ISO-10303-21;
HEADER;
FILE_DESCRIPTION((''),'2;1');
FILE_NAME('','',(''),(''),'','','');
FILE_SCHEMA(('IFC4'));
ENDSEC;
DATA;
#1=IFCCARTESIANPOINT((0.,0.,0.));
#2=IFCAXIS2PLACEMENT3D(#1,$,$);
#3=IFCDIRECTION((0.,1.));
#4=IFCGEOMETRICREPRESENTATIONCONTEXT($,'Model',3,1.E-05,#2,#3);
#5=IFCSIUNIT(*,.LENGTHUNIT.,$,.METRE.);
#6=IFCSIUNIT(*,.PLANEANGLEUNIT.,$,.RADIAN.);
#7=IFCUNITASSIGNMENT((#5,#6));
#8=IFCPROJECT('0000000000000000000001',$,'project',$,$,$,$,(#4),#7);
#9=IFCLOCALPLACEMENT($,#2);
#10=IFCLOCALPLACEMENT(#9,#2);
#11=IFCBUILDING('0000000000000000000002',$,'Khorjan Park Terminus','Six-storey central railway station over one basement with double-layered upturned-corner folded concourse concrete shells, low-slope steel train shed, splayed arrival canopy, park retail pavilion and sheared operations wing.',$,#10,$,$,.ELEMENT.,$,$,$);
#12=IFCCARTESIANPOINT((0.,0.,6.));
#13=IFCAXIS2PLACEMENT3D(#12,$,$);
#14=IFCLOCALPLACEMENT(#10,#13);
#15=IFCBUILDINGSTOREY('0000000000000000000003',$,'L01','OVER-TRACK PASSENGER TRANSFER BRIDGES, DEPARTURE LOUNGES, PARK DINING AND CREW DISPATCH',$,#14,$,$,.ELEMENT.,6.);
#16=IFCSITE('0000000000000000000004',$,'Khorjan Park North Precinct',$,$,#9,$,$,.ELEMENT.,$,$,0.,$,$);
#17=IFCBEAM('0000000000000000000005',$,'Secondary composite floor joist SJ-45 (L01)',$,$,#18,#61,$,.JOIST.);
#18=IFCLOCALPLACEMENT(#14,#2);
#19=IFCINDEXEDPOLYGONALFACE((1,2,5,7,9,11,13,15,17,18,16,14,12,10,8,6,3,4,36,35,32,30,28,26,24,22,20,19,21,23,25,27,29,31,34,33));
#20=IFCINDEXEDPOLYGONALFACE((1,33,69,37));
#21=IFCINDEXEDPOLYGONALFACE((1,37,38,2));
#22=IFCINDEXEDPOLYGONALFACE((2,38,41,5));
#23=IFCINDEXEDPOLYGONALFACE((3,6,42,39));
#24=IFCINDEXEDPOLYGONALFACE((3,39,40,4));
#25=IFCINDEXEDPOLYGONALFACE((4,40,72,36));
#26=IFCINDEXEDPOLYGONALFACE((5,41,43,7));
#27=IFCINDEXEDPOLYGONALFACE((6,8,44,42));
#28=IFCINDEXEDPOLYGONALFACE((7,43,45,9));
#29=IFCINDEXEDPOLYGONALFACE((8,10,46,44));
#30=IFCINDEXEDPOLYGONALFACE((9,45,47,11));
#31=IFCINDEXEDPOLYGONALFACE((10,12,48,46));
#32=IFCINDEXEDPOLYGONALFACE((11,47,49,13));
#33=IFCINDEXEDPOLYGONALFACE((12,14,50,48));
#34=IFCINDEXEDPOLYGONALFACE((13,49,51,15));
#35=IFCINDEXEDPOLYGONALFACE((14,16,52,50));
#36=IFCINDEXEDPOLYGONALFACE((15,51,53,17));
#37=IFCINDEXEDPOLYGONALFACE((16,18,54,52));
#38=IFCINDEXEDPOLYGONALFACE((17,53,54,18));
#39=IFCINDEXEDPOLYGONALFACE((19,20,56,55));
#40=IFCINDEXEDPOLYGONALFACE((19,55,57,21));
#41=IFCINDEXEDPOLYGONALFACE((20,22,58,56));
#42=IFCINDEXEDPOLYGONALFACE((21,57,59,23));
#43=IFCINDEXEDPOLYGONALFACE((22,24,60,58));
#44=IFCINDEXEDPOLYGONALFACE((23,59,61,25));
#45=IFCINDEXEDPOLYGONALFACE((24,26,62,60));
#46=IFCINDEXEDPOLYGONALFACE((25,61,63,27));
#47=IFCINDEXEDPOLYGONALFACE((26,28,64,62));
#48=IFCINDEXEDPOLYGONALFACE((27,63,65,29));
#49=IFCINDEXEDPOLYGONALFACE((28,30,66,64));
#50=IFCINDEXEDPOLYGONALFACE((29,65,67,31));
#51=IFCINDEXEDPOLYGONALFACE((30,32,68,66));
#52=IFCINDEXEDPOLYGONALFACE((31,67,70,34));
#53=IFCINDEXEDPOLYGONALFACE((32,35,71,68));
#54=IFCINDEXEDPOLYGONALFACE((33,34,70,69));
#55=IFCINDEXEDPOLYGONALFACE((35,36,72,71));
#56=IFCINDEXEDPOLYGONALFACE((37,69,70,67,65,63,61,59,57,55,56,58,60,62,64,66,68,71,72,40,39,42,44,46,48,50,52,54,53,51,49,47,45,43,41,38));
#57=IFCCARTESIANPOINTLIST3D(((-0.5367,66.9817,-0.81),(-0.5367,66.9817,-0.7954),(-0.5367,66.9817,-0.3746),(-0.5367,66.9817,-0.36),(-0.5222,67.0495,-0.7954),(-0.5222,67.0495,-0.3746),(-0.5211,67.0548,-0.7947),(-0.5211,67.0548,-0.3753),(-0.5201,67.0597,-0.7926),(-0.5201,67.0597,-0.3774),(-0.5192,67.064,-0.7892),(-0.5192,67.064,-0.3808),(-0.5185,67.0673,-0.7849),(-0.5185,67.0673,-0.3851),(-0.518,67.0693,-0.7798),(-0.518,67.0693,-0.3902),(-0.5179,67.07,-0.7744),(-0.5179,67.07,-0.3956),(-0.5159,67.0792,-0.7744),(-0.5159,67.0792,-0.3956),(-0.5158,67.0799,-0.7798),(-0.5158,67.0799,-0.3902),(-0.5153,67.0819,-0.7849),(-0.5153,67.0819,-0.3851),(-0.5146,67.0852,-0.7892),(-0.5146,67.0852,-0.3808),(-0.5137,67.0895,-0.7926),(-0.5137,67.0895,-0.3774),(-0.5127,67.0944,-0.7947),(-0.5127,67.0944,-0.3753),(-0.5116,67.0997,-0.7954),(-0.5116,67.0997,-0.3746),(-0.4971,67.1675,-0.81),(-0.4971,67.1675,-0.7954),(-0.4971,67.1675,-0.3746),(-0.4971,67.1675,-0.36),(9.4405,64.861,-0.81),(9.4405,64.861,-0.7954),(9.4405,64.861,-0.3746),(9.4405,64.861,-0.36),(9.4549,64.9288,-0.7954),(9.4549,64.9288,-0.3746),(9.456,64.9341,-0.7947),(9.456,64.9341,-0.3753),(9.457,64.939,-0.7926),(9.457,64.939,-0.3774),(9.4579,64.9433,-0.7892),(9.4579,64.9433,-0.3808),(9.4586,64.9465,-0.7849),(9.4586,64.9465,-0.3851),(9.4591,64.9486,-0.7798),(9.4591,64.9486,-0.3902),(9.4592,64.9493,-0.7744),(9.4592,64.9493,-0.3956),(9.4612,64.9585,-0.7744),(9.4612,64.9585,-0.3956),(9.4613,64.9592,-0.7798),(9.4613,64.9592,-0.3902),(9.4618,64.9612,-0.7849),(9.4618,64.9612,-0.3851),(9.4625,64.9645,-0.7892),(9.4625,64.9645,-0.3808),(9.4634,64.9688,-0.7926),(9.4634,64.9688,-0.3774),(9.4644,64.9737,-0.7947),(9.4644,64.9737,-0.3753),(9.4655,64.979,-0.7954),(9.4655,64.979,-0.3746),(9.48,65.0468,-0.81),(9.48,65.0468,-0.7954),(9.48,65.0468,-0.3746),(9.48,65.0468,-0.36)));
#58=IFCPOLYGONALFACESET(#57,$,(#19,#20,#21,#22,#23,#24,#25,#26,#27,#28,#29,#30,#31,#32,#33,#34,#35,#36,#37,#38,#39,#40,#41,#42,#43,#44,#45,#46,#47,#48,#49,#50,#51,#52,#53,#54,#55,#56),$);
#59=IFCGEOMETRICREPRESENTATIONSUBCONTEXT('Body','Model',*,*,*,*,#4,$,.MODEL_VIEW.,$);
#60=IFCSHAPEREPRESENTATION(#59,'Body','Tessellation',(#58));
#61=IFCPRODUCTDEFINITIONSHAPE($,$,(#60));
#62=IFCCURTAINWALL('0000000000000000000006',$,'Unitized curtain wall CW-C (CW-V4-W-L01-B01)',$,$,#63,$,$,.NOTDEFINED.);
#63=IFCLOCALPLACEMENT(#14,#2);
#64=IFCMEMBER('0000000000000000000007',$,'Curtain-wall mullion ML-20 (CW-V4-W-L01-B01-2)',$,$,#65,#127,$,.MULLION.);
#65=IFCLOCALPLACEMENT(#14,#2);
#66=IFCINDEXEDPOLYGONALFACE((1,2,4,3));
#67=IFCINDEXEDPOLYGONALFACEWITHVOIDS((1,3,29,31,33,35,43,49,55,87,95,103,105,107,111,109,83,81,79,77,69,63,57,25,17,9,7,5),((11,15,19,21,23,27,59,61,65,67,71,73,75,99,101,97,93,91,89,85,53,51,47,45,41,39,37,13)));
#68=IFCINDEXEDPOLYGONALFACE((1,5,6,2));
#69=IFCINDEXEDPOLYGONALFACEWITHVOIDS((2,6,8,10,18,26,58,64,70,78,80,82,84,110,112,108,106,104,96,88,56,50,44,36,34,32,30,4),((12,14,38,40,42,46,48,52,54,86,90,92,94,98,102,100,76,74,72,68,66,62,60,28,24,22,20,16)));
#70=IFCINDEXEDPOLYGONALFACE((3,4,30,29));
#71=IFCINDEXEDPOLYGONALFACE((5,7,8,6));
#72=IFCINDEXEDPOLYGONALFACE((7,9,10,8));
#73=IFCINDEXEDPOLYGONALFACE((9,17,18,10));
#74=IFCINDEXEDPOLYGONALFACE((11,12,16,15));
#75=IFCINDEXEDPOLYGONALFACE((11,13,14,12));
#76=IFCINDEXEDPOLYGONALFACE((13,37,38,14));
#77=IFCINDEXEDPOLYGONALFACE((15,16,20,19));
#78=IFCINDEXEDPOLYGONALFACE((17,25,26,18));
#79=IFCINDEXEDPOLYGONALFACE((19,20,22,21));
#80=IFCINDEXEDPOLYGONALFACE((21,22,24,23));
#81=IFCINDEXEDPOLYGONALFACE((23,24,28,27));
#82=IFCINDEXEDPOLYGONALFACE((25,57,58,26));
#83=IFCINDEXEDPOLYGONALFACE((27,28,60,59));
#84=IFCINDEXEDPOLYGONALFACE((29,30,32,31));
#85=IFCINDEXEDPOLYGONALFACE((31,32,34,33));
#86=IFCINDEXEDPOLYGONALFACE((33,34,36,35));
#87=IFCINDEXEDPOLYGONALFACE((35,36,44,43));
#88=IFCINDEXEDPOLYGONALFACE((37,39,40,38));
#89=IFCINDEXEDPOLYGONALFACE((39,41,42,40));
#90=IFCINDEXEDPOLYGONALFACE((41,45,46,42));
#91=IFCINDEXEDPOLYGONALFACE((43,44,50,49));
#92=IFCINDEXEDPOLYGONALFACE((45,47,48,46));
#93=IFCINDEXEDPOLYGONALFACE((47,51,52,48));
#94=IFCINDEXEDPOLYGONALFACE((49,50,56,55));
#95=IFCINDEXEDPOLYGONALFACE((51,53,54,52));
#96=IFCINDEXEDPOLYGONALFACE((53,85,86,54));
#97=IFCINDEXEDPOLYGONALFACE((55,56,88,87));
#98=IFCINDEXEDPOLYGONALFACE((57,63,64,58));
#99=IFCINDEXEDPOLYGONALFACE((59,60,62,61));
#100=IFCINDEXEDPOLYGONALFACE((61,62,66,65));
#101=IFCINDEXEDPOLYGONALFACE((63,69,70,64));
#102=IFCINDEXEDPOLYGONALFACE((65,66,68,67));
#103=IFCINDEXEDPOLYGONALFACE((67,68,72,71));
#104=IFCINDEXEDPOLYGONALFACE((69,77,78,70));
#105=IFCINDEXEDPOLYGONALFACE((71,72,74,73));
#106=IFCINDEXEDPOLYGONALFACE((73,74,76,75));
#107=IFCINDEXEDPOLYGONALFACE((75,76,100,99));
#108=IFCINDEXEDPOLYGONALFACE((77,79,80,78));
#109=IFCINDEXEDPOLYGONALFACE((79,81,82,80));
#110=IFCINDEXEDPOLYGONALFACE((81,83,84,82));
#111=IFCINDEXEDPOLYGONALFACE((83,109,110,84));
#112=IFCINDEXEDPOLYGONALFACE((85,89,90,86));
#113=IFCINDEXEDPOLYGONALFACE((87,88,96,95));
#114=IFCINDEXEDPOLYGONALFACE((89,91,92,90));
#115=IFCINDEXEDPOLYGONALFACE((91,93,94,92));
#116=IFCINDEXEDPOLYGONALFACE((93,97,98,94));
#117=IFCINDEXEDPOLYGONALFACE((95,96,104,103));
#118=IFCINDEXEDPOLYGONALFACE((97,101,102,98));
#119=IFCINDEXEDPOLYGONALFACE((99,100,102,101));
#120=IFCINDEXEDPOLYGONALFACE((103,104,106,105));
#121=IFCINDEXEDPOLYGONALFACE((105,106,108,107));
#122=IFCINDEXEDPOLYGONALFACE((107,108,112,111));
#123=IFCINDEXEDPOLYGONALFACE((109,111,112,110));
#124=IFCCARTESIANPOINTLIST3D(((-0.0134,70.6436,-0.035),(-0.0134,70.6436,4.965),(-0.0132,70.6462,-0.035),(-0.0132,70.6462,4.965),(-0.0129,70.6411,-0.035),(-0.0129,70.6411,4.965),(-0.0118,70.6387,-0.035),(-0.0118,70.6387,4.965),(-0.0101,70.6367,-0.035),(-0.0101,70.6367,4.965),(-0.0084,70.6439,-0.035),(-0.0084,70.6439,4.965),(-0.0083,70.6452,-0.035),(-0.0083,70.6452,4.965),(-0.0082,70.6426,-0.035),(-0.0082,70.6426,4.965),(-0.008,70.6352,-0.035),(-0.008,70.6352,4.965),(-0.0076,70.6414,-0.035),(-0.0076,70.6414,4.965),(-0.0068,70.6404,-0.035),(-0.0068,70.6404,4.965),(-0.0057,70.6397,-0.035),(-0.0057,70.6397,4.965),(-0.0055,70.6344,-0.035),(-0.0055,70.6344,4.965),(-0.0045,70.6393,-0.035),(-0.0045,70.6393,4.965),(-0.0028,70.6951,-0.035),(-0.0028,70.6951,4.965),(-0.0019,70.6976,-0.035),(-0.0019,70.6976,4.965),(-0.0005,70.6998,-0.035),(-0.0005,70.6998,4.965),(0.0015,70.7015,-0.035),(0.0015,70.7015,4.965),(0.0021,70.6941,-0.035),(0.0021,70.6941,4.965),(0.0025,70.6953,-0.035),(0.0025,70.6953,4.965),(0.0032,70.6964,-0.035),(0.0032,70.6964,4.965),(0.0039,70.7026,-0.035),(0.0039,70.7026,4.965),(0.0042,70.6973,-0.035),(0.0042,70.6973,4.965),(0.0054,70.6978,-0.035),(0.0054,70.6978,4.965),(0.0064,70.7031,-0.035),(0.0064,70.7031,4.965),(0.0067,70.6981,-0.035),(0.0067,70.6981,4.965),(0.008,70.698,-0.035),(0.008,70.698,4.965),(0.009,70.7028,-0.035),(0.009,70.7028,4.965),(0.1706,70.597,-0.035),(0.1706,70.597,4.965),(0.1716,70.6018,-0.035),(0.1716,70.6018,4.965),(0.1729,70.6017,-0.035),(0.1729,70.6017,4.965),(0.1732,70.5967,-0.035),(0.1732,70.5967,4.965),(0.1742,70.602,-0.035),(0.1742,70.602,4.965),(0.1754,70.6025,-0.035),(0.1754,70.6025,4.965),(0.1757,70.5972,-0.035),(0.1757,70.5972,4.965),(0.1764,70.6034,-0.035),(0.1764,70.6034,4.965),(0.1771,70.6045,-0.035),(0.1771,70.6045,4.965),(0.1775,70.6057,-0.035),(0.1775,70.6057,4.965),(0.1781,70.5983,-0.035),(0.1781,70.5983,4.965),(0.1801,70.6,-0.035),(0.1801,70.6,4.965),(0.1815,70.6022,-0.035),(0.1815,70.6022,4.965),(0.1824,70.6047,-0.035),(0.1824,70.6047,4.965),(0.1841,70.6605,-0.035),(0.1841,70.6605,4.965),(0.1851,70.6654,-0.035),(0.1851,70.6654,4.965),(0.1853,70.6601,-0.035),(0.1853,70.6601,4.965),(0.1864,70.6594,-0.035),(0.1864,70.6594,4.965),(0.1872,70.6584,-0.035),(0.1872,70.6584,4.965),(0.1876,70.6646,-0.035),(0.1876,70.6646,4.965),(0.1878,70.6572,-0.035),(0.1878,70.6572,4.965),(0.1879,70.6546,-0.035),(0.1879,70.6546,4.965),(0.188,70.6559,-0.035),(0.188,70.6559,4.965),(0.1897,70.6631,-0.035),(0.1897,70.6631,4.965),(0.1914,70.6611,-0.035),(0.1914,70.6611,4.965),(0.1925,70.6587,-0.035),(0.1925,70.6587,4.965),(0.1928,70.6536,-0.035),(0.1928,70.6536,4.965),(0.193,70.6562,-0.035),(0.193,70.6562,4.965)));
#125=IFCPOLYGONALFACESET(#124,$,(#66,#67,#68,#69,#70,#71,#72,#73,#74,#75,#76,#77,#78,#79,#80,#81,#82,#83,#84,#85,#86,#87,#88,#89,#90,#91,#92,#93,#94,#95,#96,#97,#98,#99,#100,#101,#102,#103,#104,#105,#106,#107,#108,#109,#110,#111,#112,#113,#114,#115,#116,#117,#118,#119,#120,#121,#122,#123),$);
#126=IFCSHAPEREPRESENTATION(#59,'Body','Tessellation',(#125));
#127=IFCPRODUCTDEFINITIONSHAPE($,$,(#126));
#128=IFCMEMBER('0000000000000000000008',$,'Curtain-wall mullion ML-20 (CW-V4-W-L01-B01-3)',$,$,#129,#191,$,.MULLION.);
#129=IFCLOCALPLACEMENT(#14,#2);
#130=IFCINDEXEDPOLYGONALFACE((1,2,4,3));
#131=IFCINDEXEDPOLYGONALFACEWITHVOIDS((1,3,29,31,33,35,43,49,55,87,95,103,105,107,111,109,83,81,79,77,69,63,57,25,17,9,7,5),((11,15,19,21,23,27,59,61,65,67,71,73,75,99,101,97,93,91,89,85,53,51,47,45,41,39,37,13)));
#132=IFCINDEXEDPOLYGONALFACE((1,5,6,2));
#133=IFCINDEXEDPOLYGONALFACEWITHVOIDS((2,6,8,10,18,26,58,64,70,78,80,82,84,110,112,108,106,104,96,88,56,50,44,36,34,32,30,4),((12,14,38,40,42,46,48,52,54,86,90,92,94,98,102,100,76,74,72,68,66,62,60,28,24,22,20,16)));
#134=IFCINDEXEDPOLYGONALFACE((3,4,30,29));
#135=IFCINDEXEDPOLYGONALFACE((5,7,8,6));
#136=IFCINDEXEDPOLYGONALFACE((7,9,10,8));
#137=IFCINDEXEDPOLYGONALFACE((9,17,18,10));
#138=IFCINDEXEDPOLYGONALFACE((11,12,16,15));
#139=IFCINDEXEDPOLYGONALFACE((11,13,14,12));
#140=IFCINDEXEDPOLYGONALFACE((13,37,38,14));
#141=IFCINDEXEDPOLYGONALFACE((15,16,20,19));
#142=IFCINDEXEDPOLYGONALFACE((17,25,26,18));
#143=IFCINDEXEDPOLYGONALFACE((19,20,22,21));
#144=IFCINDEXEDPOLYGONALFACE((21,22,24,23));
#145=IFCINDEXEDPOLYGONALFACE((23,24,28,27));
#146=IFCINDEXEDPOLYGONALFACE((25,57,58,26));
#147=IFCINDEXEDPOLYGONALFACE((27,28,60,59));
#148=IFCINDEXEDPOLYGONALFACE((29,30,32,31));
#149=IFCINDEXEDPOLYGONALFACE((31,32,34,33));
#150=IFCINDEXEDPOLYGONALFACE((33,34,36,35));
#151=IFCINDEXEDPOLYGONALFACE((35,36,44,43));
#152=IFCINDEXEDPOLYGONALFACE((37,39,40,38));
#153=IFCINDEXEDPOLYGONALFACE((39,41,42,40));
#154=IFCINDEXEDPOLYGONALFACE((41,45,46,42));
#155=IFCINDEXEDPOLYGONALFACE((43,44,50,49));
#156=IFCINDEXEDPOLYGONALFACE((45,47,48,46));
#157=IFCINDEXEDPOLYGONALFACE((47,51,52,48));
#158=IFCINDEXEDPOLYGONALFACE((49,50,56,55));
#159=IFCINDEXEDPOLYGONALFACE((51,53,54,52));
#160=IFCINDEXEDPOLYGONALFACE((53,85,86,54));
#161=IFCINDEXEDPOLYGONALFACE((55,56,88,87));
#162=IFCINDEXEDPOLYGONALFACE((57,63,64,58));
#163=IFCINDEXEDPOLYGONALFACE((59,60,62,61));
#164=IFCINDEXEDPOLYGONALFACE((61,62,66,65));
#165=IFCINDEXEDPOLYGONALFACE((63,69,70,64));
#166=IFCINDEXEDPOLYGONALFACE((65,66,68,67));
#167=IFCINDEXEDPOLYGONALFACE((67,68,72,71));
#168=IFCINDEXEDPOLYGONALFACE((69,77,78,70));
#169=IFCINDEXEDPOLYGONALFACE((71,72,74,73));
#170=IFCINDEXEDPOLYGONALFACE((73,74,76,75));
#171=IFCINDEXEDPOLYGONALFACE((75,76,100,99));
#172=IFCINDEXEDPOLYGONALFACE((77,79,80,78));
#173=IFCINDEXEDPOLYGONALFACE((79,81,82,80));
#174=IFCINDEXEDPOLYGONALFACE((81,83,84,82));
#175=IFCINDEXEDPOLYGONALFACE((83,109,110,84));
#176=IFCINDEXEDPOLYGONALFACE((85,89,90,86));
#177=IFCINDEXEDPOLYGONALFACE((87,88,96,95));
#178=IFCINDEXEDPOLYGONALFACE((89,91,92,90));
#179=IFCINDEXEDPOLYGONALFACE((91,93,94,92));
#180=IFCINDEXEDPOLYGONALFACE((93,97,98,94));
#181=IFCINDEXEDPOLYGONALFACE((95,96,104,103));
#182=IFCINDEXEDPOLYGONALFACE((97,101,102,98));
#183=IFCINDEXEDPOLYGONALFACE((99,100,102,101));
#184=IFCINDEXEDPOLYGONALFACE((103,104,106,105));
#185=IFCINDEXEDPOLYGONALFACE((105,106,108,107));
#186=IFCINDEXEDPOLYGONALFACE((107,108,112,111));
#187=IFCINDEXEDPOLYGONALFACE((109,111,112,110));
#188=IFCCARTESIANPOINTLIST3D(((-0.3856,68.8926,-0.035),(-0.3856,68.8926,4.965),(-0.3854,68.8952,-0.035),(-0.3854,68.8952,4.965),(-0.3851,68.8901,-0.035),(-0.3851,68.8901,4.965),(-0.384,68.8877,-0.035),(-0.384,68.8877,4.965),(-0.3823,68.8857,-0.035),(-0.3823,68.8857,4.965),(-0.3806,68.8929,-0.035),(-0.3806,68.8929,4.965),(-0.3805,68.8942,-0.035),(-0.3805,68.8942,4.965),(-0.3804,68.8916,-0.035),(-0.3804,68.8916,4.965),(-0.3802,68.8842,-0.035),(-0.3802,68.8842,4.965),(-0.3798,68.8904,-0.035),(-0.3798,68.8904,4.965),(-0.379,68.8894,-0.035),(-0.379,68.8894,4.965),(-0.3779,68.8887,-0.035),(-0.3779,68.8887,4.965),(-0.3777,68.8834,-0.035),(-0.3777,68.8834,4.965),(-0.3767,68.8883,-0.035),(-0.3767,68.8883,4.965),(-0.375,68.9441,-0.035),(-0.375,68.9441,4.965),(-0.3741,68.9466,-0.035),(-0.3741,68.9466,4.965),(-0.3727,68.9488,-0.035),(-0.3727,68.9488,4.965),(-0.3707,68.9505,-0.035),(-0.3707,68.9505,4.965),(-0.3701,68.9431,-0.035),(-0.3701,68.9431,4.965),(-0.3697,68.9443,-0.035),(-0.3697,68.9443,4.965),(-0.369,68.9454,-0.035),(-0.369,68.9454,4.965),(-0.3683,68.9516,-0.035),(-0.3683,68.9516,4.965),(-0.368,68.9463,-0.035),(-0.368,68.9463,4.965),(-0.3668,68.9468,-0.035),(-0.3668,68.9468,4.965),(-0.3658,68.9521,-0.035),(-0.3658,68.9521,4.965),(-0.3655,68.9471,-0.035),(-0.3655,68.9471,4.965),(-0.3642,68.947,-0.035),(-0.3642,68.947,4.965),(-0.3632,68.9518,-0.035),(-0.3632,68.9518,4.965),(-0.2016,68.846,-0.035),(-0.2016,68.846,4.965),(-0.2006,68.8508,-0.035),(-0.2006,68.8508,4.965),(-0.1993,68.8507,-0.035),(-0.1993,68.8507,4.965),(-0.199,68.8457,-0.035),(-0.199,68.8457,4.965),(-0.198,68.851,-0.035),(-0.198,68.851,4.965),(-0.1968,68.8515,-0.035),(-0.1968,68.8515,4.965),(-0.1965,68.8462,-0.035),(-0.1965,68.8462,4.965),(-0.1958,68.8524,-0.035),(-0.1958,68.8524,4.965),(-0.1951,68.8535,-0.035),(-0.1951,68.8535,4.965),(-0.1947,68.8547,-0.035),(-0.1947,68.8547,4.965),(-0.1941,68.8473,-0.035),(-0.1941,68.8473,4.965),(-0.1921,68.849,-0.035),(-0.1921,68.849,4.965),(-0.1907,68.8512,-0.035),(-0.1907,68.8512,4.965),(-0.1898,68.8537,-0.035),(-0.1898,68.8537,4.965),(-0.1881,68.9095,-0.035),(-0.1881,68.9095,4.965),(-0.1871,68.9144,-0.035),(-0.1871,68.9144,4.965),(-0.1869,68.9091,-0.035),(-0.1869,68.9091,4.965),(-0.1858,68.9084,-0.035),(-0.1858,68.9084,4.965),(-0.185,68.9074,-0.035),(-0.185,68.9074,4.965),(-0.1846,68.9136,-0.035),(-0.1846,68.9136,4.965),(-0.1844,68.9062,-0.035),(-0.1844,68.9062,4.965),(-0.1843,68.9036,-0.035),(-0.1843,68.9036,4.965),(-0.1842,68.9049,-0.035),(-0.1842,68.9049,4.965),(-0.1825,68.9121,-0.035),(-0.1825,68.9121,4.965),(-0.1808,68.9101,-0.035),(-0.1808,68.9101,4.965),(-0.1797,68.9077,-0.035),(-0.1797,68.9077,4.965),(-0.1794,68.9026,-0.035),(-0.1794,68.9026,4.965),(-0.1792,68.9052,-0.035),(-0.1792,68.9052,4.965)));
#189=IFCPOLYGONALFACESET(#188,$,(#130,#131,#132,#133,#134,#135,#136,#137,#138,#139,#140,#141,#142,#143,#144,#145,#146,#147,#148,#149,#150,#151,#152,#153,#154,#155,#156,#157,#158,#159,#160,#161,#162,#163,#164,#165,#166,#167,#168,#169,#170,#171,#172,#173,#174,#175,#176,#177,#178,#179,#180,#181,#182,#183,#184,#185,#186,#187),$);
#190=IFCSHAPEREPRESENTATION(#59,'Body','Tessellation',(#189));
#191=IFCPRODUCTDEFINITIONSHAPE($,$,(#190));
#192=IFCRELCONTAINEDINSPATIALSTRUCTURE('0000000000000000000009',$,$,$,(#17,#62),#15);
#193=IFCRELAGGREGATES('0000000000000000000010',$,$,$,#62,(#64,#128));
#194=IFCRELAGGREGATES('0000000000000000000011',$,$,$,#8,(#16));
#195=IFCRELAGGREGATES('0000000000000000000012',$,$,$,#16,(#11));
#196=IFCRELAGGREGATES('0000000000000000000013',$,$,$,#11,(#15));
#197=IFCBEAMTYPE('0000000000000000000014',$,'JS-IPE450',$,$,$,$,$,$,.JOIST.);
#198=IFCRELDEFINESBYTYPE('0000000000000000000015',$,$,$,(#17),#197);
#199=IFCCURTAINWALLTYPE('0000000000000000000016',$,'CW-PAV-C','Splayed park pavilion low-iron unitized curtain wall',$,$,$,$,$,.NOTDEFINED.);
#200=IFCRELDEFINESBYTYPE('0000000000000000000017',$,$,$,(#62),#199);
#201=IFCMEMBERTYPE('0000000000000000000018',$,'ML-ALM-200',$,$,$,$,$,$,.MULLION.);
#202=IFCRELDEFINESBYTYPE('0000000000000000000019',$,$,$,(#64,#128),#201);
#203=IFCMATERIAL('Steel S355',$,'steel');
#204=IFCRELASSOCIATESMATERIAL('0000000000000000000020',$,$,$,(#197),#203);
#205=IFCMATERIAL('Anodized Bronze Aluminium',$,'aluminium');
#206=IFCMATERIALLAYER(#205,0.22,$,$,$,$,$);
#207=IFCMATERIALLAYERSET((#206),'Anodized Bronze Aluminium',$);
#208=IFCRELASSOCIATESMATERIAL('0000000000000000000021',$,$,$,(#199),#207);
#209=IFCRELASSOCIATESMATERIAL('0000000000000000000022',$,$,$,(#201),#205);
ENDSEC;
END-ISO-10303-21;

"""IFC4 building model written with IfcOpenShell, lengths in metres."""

from ifc_helpers import new_model, si_unit, direction, frame, origin, origin_2d, place, context, subcontext, project, spatial, hollow_rectangle, i_section, extrude, material, layer, layer_set, material_profile, profile_set, type_object, element, aggregate, save


model = new_model("IFC4")

# Units and contexts
model_context = context("Model", 3, precision=1e-05, world=origin(), true_north=direction((0.0, 1.0)))
body_context = subcontext(model_context, "Body", "Model", "MODEL_VIEW")
ifc_project = project(units=[si_unit("LENGTHUNIT", "METRE"), si_unit("PLANEANGLEUNIT", "RADIAN")], contexts=[model_context])

# Site, building, storey
site_placement = place(None, origin())
site = spatial("IfcSite", under=ifc_project, at=site_placement, Name="Khorjan Park North Precinct", CompositionType="ELEMENT", RefElevation=0.0)
building_placement = place(site_placement, origin())
building = spatial("IfcBuilding", under=site, at=building_placement, Name="Khorjan Park Terminus", Description="Six-storey central railway station over one basement with double-layered upturned-corner folded concourse concrete shells, low-slope steel train shed, splayed arrival canopy, park retail pavilion and sheared operations wing.", CompositionType="ELEMENT")
storey_placement = place(building_placement, frame((0.0, 0.0, 6.0)))
storey = spatial("IfcBuildingStorey", under=building, at=storey_placement, Name="L01", Description="OVER-TRACK PASSENGER TRANSFER BRIDGES, DEPARTURE LOUNGES, PARK DINING AND CREW DISPATCH", CompositionType="ELEMENT", Elevation=6.0)

# Beam
ifc_material_1 = material(Name="Steel S355", Category="steel")
ifc_material_profile_1 = material_profile(ifc_material_1, i_section(OverallWidth=0.19, OverallDepth=0.45, WebThickness=0.0094, FlangeThickness=0.0146, FilletRadius=0.021, at=origin_2d()), Name="IPE 450")
ifc_profile_set_1 = profile_set([ifc_material_profile_1], Name="Steel S355")
beam_type = type_object("IfcBeamType", Name="JS-IPE450", PredefinedType="JOIST", material=ifc_profile_set_1)
beam_placement = place(storey_placement, frame((-0.5169, 67.0746, -0.585), z_axis=(0.978148, -0.207912, 0.0), x_axis=(0.207912, 0.978148, 0.0)))
element("IfcBeam", 1, at=beam_placement, inside=storey, type_object=beam_type, Name="Secondary composite floor joist SJ-45 (L01)", PredefinedType="JOIST", context=body_context, shape_type="SweptSolid", body=[
    extrude(i_section(OverallWidth=0.19, OverallDepth=0.45, WebThickness=0.0094, FlangeThickness=0.0146, FilletRadius=0.021, at=origin_2d()), origin(), (0.0, 0.0, 1.0), 10.2),
])

# Curtain wall, members
ifc_material_2 = material(Name="Anodized Bronze Aluminium", Category="aluminium")
ifc_layer_1 = layer(ifc_material_2, 0.22)
ifc_layer_set_1 = layer_set([ifc_layer_1], Name="Anodized Bronze Aluminium")
curtain_wall_type = type_object("IfcCurtainWallType", Name="CW-PAV-C", Description="Splayed park pavilion low-iron unitized curtain wall", PredefinedType="NOTDEFINED", material=ifc_layer_set_1)
curtain_wall_placement = place(storey_placement, origin())
curtain_wall = element("IfcCurtainWall", 2, at=curtain_wall_placement, inside=storey, type_object=curtain_wall_type, Name="Unitized curtain wall CW-C (CW-V4-W-L01-B01)", PredefinedType="NOTDEFINED")
ifc_material_profile_2 = material_profile(ifc_material_2, hollow_rectangle(XDim=0.07, YDim=0.2, WallThickness=0.005, InnerFilletRadius=0.005, OuterFilletRadius=0.01, at=origin_2d()), Name="ALM 70x200x5")
ifc_profile_set_2 = profile_set([ifc_material_profile_2], Name="Anodized Bronze Aluminium")
member_type_1 = type_object("IfcMemberType", Name="ML-ALM-200", PredefinedType="MULLION", material=ifc_profile_set_2)
member_1_placement = place(storey_placement, frame((0.0898, 70.6499, -0.035), z_axis=(0.0, 0.0, 1.0), x_axis=(-0.207907, -0.978149, 0.0)))
member_1 = element("IfcMember", 3, at=member_1_placement, type_object=member_type_1, Name="Curtain-wall mullion ML-20 (CW-V4-W-L01-B01-2)", PredefinedType="MULLION", context=body_context, shape_type="SweptSolid", body=[
    extrude(hollow_rectangle(XDim=0.07, YDim=0.2, WallThickness=0.005, InnerFilletRadius=0.005, OuterFilletRadius=0.01, at=origin_2d()), origin(), (0.0, 0.0, 1.0), 5.0),
])
member_2_placement = place(storey_placement, frame((-0.2824, 68.8989, -0.035), z_axis=(0.0, 0.0, 1.0), x_axis=(-0.207907, -0.978149, 0.0)))
member_2 = element("IfcMember", 4, at=member_2_placement, type_object=member_type_1, Name="Curtain-wall mullion ML-20 (CW-V4-W-L01-B01-3)", PredefinedType="MULLION", context=body_context, shape_type="SweptSolid", body=[
    extrude(hollow_rectangle(XDim=0.07, YDim=0.2, WallThickness=0.005, InnerFilletRadius=0.005, OuterFilletRadius=0.01, at=origin_2d()), origin(), (0.0, 0.0, 1.0), 5.0),
])
aggregate(curtain_wall, [member_1, member_2])

save(model, "model.ifc")
